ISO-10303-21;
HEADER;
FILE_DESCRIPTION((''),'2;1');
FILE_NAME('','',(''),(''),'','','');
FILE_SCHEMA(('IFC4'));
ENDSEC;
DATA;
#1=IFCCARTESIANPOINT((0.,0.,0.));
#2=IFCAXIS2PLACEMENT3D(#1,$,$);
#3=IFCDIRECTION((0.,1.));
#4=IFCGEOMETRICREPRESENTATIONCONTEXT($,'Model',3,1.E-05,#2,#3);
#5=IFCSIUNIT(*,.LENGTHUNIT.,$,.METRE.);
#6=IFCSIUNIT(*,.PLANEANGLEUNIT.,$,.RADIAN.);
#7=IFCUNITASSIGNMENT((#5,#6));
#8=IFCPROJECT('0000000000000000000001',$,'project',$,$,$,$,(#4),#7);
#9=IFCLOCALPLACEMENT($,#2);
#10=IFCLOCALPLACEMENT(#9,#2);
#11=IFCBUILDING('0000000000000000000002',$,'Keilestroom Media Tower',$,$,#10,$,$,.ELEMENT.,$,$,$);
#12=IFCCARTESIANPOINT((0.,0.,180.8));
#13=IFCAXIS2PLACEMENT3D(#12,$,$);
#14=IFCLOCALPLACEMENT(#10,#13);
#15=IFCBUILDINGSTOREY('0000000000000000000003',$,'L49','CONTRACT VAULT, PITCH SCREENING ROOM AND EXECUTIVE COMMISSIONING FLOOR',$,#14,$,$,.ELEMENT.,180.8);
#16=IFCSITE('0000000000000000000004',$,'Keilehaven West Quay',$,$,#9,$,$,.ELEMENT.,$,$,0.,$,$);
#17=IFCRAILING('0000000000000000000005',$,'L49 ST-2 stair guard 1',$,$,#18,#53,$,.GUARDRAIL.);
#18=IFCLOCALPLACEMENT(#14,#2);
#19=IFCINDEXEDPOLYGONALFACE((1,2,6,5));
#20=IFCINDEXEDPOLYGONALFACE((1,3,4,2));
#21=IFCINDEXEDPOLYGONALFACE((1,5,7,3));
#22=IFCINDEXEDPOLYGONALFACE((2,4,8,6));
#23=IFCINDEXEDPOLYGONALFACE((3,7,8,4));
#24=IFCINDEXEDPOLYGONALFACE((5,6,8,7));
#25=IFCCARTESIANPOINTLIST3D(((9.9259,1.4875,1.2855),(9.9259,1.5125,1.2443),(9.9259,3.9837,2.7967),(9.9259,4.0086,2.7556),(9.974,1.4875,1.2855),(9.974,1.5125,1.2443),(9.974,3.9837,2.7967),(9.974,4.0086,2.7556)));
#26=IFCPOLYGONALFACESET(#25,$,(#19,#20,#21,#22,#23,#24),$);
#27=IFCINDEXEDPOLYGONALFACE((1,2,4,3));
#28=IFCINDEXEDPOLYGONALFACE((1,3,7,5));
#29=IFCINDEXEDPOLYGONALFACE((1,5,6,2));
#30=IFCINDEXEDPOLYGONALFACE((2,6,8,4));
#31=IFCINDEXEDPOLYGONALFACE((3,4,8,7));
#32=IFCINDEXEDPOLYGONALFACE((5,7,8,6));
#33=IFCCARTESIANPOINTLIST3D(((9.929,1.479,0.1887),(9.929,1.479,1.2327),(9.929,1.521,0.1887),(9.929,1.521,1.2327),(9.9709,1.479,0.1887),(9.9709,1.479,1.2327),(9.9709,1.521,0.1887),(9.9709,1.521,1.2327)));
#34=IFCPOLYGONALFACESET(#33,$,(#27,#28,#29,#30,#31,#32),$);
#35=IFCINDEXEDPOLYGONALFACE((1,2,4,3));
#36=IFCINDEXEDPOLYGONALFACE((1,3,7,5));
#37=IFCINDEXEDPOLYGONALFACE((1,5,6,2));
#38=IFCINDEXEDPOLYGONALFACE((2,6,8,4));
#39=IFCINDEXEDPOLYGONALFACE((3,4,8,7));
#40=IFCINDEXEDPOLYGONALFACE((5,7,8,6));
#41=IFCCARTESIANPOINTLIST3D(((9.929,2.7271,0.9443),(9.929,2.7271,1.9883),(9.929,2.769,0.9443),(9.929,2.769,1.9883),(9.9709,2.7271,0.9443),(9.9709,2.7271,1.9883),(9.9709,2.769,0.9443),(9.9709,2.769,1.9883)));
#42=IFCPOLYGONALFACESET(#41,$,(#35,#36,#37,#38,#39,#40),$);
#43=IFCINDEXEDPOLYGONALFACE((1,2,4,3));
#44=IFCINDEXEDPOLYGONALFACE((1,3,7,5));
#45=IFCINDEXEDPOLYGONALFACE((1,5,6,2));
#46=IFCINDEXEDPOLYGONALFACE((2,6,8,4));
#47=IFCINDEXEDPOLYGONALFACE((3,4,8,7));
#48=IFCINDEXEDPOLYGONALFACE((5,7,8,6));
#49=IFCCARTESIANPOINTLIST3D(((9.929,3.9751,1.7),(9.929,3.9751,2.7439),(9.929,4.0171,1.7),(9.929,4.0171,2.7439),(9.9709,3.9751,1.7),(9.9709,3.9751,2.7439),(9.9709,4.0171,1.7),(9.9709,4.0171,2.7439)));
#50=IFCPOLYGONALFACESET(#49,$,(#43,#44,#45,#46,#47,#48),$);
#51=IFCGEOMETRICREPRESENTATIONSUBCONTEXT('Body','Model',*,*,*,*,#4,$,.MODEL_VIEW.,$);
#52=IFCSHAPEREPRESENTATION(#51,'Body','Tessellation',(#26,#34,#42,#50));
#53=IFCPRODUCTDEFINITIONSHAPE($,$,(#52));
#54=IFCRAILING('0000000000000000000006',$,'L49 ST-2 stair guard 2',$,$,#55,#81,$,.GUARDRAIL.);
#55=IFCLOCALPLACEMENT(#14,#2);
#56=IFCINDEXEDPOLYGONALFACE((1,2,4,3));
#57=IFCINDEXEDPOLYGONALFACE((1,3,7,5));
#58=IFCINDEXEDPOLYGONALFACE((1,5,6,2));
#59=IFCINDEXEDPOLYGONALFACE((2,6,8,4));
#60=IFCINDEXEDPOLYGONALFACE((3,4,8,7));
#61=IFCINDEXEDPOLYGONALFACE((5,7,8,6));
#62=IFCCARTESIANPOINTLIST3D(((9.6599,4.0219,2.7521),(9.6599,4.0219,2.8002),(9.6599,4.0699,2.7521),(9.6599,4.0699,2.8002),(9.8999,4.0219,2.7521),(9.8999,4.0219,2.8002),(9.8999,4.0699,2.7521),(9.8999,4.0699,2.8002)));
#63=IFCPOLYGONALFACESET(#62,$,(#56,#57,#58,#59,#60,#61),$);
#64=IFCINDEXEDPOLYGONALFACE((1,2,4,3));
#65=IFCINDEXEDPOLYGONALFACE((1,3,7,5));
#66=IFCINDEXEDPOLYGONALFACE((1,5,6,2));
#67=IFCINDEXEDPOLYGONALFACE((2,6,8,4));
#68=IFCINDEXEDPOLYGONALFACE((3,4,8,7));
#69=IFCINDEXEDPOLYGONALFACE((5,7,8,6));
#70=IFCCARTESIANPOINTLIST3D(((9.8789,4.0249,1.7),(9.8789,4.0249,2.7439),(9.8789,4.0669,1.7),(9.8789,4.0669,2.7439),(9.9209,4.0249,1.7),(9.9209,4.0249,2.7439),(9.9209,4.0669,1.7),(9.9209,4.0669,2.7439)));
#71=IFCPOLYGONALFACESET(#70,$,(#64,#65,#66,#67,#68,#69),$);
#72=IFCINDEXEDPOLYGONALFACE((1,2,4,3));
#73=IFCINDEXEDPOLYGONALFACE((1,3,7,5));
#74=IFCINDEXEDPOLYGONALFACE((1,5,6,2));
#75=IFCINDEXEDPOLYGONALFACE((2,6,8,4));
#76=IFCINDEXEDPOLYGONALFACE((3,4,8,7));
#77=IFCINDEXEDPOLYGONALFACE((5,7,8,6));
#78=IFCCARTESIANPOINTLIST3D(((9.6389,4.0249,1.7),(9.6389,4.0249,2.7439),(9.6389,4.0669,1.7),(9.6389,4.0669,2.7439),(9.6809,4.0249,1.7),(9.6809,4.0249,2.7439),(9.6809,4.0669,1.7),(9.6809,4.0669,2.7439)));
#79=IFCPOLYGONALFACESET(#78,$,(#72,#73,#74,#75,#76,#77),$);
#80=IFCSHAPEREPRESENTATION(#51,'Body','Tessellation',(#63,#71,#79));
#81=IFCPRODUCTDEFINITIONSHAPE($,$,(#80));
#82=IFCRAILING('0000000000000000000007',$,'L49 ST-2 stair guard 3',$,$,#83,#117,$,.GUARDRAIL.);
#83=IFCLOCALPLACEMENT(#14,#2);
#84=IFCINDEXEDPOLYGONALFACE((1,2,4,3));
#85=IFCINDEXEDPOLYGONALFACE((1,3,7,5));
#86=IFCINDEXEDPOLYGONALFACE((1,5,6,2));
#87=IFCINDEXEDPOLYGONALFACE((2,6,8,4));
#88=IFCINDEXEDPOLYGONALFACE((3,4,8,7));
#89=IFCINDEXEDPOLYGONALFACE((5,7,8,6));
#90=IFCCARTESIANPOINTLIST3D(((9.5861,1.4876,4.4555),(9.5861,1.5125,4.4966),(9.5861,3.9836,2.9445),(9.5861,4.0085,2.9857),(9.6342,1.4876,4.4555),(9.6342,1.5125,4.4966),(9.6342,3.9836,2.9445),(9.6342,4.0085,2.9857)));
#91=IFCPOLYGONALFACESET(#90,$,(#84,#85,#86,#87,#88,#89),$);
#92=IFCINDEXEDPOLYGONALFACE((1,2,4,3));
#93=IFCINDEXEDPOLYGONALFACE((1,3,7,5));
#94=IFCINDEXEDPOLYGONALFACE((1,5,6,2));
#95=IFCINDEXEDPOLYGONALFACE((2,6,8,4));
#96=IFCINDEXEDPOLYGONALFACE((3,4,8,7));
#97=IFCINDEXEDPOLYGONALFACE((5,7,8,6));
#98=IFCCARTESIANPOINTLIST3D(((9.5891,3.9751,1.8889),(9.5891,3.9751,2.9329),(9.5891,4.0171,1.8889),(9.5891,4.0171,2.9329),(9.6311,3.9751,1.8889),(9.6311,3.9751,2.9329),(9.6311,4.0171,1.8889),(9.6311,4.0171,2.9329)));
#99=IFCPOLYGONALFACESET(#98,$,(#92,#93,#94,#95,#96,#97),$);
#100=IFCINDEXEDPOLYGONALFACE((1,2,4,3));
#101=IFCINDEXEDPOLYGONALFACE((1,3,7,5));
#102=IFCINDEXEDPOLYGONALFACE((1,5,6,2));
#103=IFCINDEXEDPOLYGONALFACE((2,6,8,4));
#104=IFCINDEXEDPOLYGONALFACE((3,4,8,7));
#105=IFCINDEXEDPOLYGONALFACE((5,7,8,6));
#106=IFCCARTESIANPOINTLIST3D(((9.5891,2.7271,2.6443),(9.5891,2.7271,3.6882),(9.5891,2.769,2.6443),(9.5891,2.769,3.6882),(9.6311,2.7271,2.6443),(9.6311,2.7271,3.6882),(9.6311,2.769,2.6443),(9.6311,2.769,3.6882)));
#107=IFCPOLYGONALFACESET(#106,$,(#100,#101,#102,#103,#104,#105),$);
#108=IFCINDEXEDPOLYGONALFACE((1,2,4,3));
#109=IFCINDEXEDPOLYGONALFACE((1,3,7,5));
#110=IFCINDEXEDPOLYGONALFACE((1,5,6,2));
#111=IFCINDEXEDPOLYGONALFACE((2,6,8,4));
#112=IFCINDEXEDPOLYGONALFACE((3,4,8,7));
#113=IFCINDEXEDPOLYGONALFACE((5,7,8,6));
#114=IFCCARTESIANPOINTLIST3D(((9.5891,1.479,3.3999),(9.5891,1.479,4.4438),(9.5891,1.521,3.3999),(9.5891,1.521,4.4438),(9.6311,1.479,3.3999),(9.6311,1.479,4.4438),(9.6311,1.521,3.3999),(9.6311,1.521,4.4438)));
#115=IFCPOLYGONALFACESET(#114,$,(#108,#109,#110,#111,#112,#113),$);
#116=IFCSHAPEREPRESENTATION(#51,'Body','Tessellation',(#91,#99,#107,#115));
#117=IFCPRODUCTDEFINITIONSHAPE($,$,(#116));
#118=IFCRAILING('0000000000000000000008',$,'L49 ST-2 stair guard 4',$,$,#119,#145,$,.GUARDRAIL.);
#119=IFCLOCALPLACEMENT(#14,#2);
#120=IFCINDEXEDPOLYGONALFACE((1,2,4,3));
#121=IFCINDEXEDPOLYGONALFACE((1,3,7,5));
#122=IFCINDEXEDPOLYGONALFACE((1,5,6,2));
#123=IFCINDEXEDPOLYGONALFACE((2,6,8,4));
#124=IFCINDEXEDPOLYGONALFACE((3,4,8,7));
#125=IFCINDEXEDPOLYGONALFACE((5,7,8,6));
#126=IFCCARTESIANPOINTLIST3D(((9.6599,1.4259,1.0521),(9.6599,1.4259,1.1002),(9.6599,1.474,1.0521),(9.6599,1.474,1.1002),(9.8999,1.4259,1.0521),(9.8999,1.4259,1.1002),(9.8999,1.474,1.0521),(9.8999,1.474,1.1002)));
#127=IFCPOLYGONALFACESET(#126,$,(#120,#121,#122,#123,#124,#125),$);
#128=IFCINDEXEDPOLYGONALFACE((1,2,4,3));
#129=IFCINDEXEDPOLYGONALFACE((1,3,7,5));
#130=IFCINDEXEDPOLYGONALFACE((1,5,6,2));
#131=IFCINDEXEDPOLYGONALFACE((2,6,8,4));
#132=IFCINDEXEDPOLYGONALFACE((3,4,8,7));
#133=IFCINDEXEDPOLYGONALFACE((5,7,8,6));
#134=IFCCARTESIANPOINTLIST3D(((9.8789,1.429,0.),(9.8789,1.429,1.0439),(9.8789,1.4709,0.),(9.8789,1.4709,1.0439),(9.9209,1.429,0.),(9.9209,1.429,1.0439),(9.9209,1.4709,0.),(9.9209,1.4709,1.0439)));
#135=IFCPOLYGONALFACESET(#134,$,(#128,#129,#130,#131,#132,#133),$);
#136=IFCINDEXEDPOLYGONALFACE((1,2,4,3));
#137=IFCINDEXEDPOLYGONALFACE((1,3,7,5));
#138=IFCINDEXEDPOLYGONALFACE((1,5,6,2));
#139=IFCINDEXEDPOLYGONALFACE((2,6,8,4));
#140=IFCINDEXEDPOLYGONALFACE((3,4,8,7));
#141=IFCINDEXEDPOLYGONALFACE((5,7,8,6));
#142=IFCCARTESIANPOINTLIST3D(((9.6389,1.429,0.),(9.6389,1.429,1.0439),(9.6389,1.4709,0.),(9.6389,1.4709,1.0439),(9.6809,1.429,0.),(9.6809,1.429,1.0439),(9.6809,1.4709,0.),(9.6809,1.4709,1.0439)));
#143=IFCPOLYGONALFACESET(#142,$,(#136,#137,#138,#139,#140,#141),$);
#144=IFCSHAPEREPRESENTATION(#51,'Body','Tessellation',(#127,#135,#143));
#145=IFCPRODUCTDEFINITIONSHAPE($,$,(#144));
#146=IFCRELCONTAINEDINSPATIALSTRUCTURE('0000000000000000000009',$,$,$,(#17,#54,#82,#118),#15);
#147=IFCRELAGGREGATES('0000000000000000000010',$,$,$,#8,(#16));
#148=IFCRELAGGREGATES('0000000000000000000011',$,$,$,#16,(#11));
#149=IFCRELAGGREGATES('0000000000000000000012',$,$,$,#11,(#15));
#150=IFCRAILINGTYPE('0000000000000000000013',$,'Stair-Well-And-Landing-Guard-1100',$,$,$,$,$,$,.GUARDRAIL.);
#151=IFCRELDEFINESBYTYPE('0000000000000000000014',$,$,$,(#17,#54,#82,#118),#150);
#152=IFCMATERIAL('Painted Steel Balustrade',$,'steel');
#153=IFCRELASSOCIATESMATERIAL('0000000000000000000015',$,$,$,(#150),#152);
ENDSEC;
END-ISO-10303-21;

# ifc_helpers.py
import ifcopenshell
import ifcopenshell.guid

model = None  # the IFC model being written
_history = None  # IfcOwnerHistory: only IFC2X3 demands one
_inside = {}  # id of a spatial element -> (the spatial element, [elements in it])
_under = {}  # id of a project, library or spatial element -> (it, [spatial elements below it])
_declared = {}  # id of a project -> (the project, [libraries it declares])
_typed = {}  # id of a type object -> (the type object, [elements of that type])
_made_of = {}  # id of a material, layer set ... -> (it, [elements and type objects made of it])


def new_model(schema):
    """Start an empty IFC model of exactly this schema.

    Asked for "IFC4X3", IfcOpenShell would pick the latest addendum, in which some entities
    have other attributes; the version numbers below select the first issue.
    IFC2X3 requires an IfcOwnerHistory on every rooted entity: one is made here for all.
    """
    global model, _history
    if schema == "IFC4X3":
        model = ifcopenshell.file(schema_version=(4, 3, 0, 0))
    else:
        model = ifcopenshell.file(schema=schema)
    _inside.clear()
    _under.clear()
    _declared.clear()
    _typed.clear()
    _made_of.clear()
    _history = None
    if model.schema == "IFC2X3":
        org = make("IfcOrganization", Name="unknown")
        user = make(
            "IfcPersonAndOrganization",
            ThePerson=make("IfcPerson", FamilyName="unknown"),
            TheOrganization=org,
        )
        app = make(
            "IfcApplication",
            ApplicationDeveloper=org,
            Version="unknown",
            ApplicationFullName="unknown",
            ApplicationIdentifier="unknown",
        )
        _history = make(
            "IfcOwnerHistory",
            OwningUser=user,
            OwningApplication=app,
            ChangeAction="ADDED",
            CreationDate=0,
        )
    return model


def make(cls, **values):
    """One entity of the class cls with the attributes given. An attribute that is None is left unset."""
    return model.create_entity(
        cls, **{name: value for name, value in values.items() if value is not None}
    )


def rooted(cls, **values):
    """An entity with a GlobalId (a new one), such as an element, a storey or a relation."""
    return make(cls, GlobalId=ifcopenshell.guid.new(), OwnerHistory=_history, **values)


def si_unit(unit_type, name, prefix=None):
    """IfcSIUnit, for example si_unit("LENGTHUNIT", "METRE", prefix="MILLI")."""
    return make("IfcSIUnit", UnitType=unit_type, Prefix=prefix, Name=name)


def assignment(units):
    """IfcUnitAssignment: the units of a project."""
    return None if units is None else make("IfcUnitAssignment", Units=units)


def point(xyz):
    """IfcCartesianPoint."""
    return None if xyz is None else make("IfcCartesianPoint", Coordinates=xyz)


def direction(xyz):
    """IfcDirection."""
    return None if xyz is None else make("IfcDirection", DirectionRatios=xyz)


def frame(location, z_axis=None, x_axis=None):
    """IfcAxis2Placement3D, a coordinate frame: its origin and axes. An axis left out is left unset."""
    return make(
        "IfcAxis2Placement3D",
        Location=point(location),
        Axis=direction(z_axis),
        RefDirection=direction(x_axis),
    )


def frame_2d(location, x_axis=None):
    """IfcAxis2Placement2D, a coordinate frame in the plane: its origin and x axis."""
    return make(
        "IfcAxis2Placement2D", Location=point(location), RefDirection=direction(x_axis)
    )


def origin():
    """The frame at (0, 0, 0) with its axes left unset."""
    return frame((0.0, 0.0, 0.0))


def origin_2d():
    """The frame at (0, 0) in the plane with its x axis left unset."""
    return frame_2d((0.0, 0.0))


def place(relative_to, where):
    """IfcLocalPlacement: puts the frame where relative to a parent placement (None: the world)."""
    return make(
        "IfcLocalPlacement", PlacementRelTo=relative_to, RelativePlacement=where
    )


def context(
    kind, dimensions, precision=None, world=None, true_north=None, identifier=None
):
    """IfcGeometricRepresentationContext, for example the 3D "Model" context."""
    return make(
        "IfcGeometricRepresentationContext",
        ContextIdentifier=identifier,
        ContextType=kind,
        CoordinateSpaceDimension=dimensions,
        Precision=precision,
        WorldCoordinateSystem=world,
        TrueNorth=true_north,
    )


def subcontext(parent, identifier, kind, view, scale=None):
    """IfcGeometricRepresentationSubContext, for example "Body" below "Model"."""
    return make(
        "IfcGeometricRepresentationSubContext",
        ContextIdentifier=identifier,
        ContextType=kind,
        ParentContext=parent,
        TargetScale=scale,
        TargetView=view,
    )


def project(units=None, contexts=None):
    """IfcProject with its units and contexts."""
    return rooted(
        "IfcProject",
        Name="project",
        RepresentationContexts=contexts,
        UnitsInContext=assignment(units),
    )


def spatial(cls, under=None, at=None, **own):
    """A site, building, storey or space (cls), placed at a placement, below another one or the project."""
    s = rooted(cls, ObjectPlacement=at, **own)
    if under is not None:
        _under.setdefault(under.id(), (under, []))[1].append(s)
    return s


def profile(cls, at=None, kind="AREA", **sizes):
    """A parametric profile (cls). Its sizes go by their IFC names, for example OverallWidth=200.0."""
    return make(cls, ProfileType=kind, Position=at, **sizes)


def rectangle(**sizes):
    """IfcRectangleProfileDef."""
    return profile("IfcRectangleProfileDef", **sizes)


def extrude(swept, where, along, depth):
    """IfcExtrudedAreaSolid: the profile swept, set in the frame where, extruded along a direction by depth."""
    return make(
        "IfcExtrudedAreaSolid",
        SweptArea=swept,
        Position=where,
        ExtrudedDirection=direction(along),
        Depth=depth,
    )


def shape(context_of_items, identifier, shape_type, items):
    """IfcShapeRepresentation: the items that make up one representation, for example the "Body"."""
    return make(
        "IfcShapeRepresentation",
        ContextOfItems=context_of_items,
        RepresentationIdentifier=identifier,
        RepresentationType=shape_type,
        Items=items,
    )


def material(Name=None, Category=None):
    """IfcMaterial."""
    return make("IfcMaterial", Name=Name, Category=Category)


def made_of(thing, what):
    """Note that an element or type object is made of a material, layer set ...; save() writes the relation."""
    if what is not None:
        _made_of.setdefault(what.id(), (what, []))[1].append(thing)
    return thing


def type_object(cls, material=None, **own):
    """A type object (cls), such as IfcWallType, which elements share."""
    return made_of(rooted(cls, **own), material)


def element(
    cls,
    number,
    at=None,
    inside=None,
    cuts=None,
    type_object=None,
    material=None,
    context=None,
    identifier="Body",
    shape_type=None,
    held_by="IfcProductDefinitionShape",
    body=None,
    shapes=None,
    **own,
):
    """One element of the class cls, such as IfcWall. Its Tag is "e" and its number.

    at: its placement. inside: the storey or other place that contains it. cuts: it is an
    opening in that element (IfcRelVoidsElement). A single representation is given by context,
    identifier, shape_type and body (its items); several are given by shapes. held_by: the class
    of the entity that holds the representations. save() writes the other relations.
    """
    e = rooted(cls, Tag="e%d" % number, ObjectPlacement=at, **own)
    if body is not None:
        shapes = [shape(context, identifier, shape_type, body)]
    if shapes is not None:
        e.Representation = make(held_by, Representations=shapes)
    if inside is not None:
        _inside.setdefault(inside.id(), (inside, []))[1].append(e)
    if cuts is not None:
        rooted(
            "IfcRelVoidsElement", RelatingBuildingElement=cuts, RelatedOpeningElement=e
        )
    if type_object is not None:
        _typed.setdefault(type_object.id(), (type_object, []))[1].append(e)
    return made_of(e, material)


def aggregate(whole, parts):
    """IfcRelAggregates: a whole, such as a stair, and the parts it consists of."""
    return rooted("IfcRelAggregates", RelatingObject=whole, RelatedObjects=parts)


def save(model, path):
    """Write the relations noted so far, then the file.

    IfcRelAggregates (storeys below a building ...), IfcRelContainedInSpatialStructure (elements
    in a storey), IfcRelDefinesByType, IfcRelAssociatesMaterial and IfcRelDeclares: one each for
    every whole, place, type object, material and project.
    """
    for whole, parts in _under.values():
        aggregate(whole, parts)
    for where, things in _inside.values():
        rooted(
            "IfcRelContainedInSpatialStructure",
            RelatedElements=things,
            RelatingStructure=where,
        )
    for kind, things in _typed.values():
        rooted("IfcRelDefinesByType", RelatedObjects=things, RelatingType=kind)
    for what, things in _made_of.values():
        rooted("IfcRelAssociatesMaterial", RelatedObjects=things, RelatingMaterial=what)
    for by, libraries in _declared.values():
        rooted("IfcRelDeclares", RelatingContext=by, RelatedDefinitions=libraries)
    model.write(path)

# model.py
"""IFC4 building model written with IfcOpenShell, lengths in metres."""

from ifc_helpers import new_model, si_unit, direction, frame, origin, origin_2d, place, context, subcontext, project, spatial, rectangle, extrude, material, type_object, element, save


model = new_model("IFC4")

# Units and contexts
model_context = context("Model", 3, precision=1e-05, world=origin(), true_north=direction((0.0, 1.0)))
body_context = subcontext(model_context, "Body", "Model", "MODEL_VIEW")
ifc_project = project(units=[si_unit("LENGTHUNIT", "METRE"), si_unit("PLANEANGLEUNIT", "RADIAN")], contexts=[model_context])

# Site, building, storey
site_placement = place(None, origin())
site = spatial("IfcSite", under=ifc_project, at=site_placement, Name="Keilehaven West Quay", CompositionType="ELEMENT", RefElevation=0.0)
building_placement = place(site_placement, origin())
building = spatial("IfcBuilding", under=site, at=building_placement, Name="Keilestroom Media Tower", CompositionType="ELEMENT")
storey_placement = place(building_placement, frame((0.0, 0.0, 180.8)))
storey = spatial("IfcBuildingStorey", under=building, at=storey_placement, Name="L49", Description="CONTRACT VAULT, PITCH SCREENING ROOM AND EXECUTIVE COMMISSIONING FLOOR", CompositionType="ELEMENT", Elevation=180.8)

# Railings
ifc_material_1 = material(Name="Painted Steel Balustrade", Category="steel")
railing_type_1 = type_object("IfcRailingType", Name="Stair-Well-And-Landing-Guard-1100", PredefinedType="GUARDRAIL", material=ifc_material_1)
railing_1_placement = place(storey_placement, frame((9.95, 1.5, 0.1887)))
element("IfcRailing", 1, at=railing_1_placement, inside=storey, type_object=railing_type_1, Name="L49 ST-2 stair guard 1", PredefinedType="GUARDRAIL", context=body_context, shape_type="SweptSolid", body=[
    extrude(rectangle(XDim=0.0481, YDim=0.0481, at=origin_2d()), frame((0.0, 0.0, 1.0762), z_axis=(0.0, 0.855434, 0.517912), x_axis=(-1.0, 0.0, 0.0)), (0.0, 0.0, 1.0), 2.918),
    extrude(rectangle(XDim=0.042, YDim=0.042, at=origin_2d()), origin(), (0.0, 0.0, 1.0), 1.0439),
    extrude(rectangle(XDim=0.042, YDim=0.042, at=origin_2d()), frame((0.0, 1.248, 0.7556)), (0.0, 0.0, 1.0), 1.0439),
    extrude(rectangle(XDim=0.042, YDim=0.042, at=origin_2d()), frame((0.0, 2.4961, 1.5112)), (0.0, 0.0, 1.0), 1.0439),
])
railing_2_placement = place(storey_placement, frame((9.8999, 4.0459, 1.7)))
element("IfcRailing", 2, at=railing_2_placement, inside=storey, type_object=railing_type_1, Name="L49 ST-2 stair guard 2", PredefinedType="GUARDRAIL", context=body_context, shape_type="SweptSolid", body=[
    extrude(rectangle(XDim=0.0481, YDim=0.0481, at=origin_2d()), frame((0.0, 0.0, 1.0762), z_axis=(-1.0, 0.0, 0.0), x_axis=(0.0, -1.0, 0.0)), (0.0, 0.0, 1.0), 0.24),
    extrude(rectangle(XDim=0.042, YDim=0.042, at=origin_2d()), origin(), (0.0, 0.0, 1.0), 1.0439),
    extrude(rectangle(XDim=0.042, YDim=0.042, at=origin_2d()), frame((-0.24, 0.0, 0.0)), (0.0, 0.0, 1.0), 1.0439),
])
railing_3_placement = place(storey_placement, frame((9.6101, 3.9961, 1.8889)))
element("IfcRailing", 3, at=railing_3_placement, inside=storey, type_object=railing_type_1, Name="L49 ST-2 stair guard 3", PredefinedType="GUARDRAIL", context=body_context, shape_type="SweptSolid", body=[
    extrude(rectangle(XDim=0.0481, YDim=0.0481, at=origin_2d()), frame((0.0, 0.0, 1.0762), z_axis=(0.0, -0.855471, 0.517851), x_axis=(1.0, 0.0, 0.0)), (0.0, 0.0, 1.0), 2.9177),
    extrude(rectangle(XDim=0.042, YDim=0.042, at=origin_2d()), origin(), (0.0, 0.0, 1.0), 1.0439),
    extrude(rectangle(XDim=0.042, YDim=0.042, at=origin_2d()), frame((0.0, -1.248, 0.7554)), (0.0, 0.0, 1.0), 1.0439),
    extrude(rectangle(XDim=0.042, YDim=0.042, at=origin_2d()), frame((0.0, -2.4961, 1.511)), (0.0, 0.0, 1.0), 1.0439),
])
railing_4_placement = place(storey_placement, frame((9.8999, 1.45, 0.0)))
element("IfcRailing", 4, at=railing_4_placement, inside=storey, type_object=railing_type_1, Name="L49 ST-2 stair guard 4", PredefinedType="GUARDRAIL", context=body_context, shape_type="SweptSolid", body=[
    extrude(rectangle(XDim=0.0481, YDim=0.0481, at=origin_2d()), frame((0.0, 0.0, 1.0762), z_axis=(-1.0, 0.0, 0.0), x_axis=(0.0, -1.0, 0.0)), (0.0, 0.0, 1.0), 0.24),
    extrude(rectangle(XDim=0.042, YDim=0.042, at=origin_2d()), origin(), (0.0, 0.0, 1.0), 1.0439),
    extrude(rectangle(XDim=0.042, YDim=0.042, at=origin_2d()), frame((-0.24, 0.0, 0.0)), (0.0, 0.0, 1.0), 1.0439),
])

save(model, "model.ifc")
